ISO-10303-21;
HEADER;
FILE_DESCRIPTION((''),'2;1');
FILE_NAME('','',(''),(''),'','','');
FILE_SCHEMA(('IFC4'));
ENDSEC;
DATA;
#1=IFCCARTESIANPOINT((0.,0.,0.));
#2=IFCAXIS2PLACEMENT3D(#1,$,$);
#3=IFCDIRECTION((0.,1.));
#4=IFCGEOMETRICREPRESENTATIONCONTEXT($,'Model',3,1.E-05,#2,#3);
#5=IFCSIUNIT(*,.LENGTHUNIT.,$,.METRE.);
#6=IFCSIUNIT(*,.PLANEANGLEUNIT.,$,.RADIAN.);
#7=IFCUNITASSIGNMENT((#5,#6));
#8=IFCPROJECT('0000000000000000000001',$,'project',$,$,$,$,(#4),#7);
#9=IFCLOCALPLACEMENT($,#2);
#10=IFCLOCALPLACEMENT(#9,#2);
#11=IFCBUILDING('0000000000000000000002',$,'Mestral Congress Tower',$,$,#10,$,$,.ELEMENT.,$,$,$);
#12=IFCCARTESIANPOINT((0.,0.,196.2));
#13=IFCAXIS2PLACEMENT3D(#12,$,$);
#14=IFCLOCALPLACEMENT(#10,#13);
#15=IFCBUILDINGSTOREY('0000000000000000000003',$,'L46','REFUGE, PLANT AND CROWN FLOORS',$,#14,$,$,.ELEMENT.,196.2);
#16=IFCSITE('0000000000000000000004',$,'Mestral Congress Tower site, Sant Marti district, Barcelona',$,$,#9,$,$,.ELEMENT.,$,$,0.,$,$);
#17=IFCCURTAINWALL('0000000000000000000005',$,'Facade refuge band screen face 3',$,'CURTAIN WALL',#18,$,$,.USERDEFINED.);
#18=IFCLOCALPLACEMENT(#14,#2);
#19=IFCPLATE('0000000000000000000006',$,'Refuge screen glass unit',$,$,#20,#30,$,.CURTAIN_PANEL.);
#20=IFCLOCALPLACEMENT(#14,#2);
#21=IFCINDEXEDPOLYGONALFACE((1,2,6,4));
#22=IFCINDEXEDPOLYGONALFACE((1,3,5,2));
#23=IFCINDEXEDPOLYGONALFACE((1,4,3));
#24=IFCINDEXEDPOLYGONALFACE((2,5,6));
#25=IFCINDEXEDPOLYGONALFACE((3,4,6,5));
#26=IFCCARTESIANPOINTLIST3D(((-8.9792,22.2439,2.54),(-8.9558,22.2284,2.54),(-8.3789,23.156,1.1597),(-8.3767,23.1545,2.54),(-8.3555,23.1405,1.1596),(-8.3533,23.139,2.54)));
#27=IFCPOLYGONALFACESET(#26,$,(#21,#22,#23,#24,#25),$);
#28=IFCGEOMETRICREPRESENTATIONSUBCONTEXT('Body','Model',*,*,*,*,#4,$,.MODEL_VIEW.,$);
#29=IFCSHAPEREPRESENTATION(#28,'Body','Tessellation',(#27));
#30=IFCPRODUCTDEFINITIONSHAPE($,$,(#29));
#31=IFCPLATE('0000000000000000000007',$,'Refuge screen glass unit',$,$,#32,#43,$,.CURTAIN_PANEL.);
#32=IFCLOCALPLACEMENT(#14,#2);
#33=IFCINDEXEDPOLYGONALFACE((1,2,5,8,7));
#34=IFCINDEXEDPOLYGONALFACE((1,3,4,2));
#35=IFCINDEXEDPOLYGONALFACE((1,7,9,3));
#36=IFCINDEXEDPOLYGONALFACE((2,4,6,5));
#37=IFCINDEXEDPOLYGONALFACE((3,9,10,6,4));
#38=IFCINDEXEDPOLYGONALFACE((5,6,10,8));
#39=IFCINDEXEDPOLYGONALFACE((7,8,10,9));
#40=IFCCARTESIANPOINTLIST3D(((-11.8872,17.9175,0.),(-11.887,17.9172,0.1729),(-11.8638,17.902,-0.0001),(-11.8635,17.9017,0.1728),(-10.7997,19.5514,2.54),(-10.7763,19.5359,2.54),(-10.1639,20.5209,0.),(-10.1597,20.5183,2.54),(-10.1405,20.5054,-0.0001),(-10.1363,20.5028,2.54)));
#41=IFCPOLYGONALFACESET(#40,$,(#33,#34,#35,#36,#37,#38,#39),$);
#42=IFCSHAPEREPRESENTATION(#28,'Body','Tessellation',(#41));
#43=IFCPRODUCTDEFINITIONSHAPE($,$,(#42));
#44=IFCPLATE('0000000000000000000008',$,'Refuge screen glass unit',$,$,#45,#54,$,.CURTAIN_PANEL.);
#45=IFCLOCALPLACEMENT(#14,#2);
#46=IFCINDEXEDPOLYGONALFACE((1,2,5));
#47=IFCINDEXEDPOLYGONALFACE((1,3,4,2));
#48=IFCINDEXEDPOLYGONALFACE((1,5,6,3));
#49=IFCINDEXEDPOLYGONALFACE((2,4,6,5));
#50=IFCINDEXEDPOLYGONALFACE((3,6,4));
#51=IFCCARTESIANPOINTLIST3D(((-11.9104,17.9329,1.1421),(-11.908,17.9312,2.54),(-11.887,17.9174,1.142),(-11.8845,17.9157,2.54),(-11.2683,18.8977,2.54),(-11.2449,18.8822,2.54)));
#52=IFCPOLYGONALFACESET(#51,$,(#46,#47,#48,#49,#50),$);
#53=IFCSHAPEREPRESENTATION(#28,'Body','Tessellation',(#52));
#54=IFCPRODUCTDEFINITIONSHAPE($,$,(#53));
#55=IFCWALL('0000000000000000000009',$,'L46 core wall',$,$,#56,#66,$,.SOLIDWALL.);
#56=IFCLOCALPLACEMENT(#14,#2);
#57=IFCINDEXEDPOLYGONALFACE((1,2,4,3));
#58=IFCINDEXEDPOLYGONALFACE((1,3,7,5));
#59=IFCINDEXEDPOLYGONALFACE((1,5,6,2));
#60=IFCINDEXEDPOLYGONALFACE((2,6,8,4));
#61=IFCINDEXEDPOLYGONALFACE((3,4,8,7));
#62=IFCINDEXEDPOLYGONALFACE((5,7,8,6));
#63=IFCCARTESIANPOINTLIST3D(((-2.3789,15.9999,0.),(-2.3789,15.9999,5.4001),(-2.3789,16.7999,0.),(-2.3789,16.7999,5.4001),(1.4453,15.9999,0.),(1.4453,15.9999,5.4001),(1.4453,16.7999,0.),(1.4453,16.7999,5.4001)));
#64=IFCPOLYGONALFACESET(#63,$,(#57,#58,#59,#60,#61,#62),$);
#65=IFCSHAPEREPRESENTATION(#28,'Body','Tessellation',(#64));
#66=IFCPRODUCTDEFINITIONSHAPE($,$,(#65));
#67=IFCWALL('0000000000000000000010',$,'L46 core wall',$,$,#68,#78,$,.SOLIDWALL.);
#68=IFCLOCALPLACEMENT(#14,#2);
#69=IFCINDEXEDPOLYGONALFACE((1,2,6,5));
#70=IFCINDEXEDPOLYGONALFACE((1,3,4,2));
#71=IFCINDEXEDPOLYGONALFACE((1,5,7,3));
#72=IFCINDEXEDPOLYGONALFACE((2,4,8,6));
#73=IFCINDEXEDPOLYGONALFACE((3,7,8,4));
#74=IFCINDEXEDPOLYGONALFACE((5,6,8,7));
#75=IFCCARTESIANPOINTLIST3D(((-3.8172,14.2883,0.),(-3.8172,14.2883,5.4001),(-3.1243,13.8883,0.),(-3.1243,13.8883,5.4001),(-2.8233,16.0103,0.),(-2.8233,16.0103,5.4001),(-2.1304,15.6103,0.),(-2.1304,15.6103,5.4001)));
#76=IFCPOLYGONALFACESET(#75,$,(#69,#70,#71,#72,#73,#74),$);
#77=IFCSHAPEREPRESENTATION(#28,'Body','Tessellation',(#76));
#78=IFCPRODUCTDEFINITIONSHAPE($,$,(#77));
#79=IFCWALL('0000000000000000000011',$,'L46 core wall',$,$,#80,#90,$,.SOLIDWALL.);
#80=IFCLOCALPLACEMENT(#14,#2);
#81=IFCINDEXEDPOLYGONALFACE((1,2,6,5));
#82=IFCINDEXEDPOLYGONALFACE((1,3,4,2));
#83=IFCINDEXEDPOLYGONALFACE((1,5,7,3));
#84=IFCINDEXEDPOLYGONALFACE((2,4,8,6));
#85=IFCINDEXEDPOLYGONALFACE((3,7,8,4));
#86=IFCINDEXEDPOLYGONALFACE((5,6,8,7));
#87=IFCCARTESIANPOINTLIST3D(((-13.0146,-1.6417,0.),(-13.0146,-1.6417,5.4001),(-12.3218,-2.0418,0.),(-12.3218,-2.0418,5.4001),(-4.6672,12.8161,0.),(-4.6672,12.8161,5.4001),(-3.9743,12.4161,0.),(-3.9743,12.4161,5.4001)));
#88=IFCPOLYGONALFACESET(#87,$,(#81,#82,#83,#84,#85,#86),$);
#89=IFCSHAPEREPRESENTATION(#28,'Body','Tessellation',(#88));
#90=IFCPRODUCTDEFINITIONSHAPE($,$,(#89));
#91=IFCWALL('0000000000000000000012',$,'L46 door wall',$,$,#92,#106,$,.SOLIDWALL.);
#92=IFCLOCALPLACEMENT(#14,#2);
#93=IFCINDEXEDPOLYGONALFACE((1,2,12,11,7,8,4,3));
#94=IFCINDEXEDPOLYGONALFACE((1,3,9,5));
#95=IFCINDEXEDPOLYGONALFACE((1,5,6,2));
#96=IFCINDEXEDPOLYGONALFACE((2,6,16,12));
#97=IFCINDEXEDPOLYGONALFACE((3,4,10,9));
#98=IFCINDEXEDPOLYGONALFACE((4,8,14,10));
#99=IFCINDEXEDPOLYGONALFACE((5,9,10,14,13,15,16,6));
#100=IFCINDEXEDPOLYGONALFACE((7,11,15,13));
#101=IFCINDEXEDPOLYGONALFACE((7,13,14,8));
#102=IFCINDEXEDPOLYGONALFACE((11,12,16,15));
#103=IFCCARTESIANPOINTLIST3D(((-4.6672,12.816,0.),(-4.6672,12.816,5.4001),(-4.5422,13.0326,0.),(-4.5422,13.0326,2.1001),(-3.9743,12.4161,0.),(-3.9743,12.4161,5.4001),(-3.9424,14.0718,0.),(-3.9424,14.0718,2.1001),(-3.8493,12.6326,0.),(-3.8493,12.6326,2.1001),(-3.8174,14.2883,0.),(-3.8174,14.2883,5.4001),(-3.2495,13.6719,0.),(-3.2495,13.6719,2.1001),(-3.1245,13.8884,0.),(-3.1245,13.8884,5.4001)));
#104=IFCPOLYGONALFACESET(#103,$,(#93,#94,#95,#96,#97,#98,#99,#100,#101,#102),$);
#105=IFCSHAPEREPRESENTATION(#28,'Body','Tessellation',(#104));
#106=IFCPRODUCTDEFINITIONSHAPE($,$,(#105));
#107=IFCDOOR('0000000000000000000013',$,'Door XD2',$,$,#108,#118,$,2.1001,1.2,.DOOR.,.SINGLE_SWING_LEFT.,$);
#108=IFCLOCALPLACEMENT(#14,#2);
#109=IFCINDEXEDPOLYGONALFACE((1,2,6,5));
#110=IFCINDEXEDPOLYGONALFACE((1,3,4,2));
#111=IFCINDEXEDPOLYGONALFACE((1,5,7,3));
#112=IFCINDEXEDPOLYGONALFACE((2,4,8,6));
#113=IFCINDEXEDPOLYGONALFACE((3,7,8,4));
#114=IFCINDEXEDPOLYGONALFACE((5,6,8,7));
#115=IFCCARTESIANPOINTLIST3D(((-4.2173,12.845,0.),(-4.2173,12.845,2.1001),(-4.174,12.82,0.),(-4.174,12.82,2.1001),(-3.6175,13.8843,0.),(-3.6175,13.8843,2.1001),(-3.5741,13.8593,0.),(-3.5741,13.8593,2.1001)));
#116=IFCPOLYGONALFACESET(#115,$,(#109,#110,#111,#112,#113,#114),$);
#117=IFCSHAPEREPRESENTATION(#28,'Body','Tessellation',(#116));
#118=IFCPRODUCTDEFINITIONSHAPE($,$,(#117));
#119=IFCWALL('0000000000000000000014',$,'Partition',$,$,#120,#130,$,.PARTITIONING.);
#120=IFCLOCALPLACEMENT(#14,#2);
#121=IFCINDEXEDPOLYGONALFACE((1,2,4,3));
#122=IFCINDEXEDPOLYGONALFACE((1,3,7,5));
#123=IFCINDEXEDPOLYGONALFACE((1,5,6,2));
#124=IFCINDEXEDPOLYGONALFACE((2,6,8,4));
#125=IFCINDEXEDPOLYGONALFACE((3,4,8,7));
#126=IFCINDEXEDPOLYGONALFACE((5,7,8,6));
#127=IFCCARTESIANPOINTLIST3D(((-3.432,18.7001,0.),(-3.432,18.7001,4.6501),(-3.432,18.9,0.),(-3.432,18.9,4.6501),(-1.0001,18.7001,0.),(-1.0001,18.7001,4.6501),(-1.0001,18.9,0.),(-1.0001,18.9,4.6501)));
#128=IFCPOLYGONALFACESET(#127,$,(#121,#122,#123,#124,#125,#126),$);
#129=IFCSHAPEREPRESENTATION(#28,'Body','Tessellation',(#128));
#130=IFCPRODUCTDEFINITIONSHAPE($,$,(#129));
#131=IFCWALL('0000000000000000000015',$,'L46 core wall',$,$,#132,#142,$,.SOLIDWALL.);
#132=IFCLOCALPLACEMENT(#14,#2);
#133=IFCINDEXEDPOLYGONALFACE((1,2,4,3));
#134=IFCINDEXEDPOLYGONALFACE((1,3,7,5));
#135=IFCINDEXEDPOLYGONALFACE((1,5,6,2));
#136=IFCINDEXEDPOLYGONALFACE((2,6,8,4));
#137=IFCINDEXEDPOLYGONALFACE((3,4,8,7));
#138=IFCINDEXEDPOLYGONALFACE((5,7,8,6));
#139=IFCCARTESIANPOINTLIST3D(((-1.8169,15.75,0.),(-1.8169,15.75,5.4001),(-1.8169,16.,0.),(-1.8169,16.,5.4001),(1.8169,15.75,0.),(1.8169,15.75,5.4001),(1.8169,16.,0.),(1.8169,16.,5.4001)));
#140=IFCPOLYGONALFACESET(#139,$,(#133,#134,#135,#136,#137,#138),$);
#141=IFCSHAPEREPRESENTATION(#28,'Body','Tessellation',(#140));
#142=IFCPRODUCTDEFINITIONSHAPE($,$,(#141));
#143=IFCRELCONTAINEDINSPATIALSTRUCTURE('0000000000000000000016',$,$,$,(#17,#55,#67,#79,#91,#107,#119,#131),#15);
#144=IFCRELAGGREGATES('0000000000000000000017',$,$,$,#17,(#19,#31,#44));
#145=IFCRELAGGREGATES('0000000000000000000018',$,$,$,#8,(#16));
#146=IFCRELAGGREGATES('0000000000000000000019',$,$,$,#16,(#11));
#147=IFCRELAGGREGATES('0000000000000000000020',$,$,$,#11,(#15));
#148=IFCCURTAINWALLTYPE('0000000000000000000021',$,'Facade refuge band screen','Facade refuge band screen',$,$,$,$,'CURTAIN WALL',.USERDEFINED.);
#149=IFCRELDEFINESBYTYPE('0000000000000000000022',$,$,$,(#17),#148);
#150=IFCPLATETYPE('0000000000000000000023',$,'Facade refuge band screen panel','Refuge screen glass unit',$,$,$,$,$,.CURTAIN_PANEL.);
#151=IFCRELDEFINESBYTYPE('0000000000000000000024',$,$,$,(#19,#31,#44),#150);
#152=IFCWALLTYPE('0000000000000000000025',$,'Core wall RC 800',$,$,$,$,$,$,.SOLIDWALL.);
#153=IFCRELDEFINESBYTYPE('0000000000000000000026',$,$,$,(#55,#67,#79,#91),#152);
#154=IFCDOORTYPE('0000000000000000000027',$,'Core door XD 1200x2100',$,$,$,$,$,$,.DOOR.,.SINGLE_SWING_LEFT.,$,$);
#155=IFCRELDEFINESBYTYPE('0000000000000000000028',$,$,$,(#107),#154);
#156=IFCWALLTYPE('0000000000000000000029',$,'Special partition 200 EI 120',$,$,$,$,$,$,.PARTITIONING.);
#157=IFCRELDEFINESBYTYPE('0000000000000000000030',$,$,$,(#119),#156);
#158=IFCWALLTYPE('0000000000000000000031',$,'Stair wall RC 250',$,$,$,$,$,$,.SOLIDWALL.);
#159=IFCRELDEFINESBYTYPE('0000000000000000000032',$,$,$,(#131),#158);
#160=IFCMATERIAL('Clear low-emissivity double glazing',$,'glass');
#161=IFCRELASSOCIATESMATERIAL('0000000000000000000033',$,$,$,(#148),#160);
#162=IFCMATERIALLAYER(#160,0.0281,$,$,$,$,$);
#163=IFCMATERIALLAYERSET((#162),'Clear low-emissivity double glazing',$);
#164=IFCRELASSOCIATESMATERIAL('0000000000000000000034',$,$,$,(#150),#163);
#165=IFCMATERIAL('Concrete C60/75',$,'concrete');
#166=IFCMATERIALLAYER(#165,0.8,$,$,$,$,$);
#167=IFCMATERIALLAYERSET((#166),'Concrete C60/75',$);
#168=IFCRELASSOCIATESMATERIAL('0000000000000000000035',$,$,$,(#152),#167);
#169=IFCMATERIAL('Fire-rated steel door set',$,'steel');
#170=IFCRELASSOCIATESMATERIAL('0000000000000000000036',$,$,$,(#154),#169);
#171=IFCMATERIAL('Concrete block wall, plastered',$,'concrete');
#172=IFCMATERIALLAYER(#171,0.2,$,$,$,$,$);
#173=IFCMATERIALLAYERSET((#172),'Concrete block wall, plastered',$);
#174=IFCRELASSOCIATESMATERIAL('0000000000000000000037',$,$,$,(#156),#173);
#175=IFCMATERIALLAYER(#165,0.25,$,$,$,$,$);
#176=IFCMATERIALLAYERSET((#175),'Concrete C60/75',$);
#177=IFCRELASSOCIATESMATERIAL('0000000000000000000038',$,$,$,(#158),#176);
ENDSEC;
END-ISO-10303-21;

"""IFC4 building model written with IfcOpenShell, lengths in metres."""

from ifc_helpers import new_model, si_unit, direction, frame, frame_2d, origin, place, context, subcontext, project, spatial, polyline, rectangle, outline, extrude, material, layer, layer_set, type_object, element, fill, aggregate, save


model = new_model("IFC4")

# Units and contexts
model_context = context("Model", 3, precision=1e-05, world=origin(), true_north=direction((0.0, 1.0)))
body_context = subcontext(model_context, "Body", "Model", "MODEL_VIEW")
ifc_project = project(units=[si_unit("LENGTHUNIT", "METRE"), si_unit("PLANEANGLEUNIT", "RADIAN")], contexts=[model_context])

# Site, building, storey
site_placement = place(None, origin())
site = spatial("IfcSite", under=ifc_project, at=site_placement, Name="Mestral Congress Tower site, Sant Marti district, Barcelona", CompositionType="ELEMENT", RefElevation=0.0)
building_placement = place(site_placement, origin())
building = spatial("IfcBuilding", under=site, at=building_placement, Name="Mestral Congress Tower", CompositionType="ELEMENT")
storey_placement = place(building_placement, frame((0.0, 0.0, 196.2)))
storey = spatial("IfcBuildingStorey", under=building, at=storey_placement, Name="L46", Description="REFUGE, PLANT AND CROWN FLOORS", CompositionType="ELEMENT", Elevation=196.2)

# Curtain wall
ifc_material_1 = material(Name="Clear low-emissivity double glazing", Category="glass")
curtain_wall_type = type_object("IfcCurtainWallType", Name="Facade refuge band screen", Description="Facade refuge band screen", ElementType="CURTAIN WALL", PredefinedType="USERDEFINED", material=ifc_material_1)
curtain_wall_placement = place(storey_placement, origin())
curtain_wall = element("IfcCurtainWall", 1, at=curtain_wall_placement, inside=storey, type_object=curtain_wall_type, Name="Facade refuge band screen face 3", ObjectType="CURTAIN WALL", PredefinedType="USERDEFINED")

# Plates
ifc_layer_1 = layer(ifc_material_1, 0.0281)
ifc_layer_set_1 = layer_set([ifc_layer_1], Name="Clear low-emissivity double glazing")
plate_type_1 = type_object("IfcPlateType", Name="Facade refuge band screen panel", Description="Refuge screen glass unit", PredefinedType="CURTAIN_PANEL", material=ifc_layer_set_1)
plate_1_placement = place(storey_placement, frame((-8.3767, 23.1545, 2.54), z_axis=(-0.83397, 0.551806, 0.001913), x_axis=(-0.551807, -0.833972, 0.0)))
plate_1 = element("IfcPlate", 2, at=plate_1_placement, type_object=plate_type_1, Name="Refuge screen glass unit", PredefinedType="CURTAIN_PANEL", context=body_context, shape_type="SweptSolid", body=[
    extrude(outline(polyline([(0.0, 0.0), (1.0919, 0.0), (0.0, -1.3804), (0.0, 0.0)])), origin(), (0.0, 0.0, -1.0), 0.0281),
])
plate_2_placement = place(storey_placement, frame((-10.1597, 20.5183, 2.54), z_axis=(-0.83387, 0.551957, 0.001964), x_axis=(-0.551958, -0.833872, 0.0)))
plate_2 = element("IfcPlate", 3, at=plate_2_placement, type_object=plate_type_1, Name="Refuge screen glass unit", PredefinedType="CURTAIN_PANEL", context=body_context, shape_type="SweptSolid", body=[
    extrude(outline(polyline([(0.0, 0.0), (1.1595, 0.0), (3.1224, -2.3672), (3.1223, -2.54), (0.0002, -2.54), (0.0, 0.0)])), origin(), (0.0, 0.0, -1.0), 0.0281),
])
plate_3_placement = place(storey_placement, frame((-11.908, 17.9312, 2.54), z_axis=(-0.833923, 0.551876, 0.002131), x_axis=(-0.001746, 0.001222, -0.999998)))
plate_3 = element("IfcPlate", 4, at=plate_3_placement, type_object=plate_type_1, Name="Refuge screen glass unit", PredefinedType="CURTAIN_PANEL", context=body_context, shape_type="SweptSolid", body=[
    extrude(outline(polyline([(0.0, 0.0), (1.398, 0.0), (0.0001, -1.159), (0.0, 0.0)])), origin(), (0.0, 0.0, -1.0), 0.0281),
])
aggregate(curtain_wall, [plate_1, plate_2, plate_3])

# Walls
ifc_material_2 = material(Name="Concrete C60/75", Category="concrete")
ifc_layer_2 = layer(ifc_material_2, 0.8)
ifc_layer_set_2 = layer_set([ifc_layer_2], Name="Concrete C60/75")
wall_type_1 = type_object("IfcWallType", Name="Core wall RC 800", PredefinedType="SOLIDWALL", material=ifc_layer_set_2)
wall_1_placement = place(storey_placement, frame((-2.3789, 16.3999, 0.0), z_axis=(0.0, 0.0, 1.0), x_axis=(1.0, 0.0, 0.0)))
element("IfcWall", 5, at=wall_1_placement, inside=storey, type_object=wall_type_1, Name="L46 core wall", PredefinedType="SOLIDWALL", context=body_context, shape_type="SweptSolid", body=[
    extrude(rectangle(XDim=3.8242, YDim=0.8, at=frame_2d((1.9121, 0.0))), origin(), (0.0, 0.0, 1.0), 5.4001),
])
wall_2_placement = place(storey_placement, frame((-2.4768, 15.8103, 0.0), z_axis=(0.0, 0.0, 1.0), x_axis=(-0.499903, -0.866081, 0.0)))
element("IfcWall", 6, at=wall_2_placement, inside=storey, type_object=wall_type_1, Name="L46 core wall", PredefinedType="SOLIDWALL", context=body_context, shape_type="SweptSolid", body=[
    extrude(rectangle(XDim=1.9883, YDim=0.8, at=frame_2d((0.9941, 0.0))), origin(), (0.0, 0.0, 1.0), 5.4001),
])
wall_3_placement = place(storey_placement, frame((-4.3208, 12.616, 0.0), z_axis=(0.0, 0.0, 1.0), x_axis=(-0.50001, -0.86602, 0.0)))
element("IfcWall", 7, at=wall_3_placement, inside=storey, type_object=wall_type_1, Name="L46 core wall", PredefinedType="SOLIDWALL", context=body_context, shape_type="SweptSolid", body=[
    extrude(rectangle(XDim=16.6946, YDim=0.8, at=frame_2d((8.3472, 0.0))), origin(), (0.0, 0.0, 1.0), 5.4001),
])

# Wall, opening, door
wall_4_placement = place(storey_placement, frame((-4.3208, 12.616, 0.0), z_axis=(0.0, 0.0, 1.0), x_axis=(0.499892, 0.866088, 0.0)))
wall_4 = element("IfcWall", 8, at=wall_4_placement, inside=storey, type_object=wall_type_1, Name="L46 door wall", PredefinedType="SOLIDWALL", context=body_context, shape_type="SweptSolid", body=[
    extrude(rectangle(XDim=1.7, YDim=0.8, at=frame_2d((0.8501, 0.0))), origin(), (0.0, 0.0, 1.0), 5.4001),
])
opening_placement = place(wall_4_placement, frame((0.25, 0.0, 0.0)))
opening = element("IfcOpeningElement", 9, at=opening_placement, cuts=wall_4, PredefinedType="OPENING", context=body_context, shape_type="SweptSolid", body=[
    extrude(rectangle(XDim=1.2, YDim=2.1001, at=frame_2d((0.6001, 1.05))), frame((0.0, 0.4099, 0.0), z_axis=(0.0, -1.0, 0.0), x_axis=(1.0, 0.0, 0.0)), (0.0, 0.0, 1.0), 0.8201),
])
ifc_material_3 = material(Name="Fire-rated steel door set", Category="steel")
door_type = type_object("IfcDoorType", Name="Core door XD 1200x2100", OperationType="SINGLE_SWING_LEFT", PredefinedType="DOOR", material=ifc_material_3)
door_placement = place(opening_placement, origin())
door = element("IfcDoor", 10, at=door_placement, inside=storey, type_object=door_type, Name="Door XD2", OperationType="SINGLE_SWING_LEFT", OverallHeight=2.1001, OverallWidth=1.2, PredefinedType="DOOR", context=body_context, shape_type="SweptSolid", body=[
    extrude(rectangle(XDim=1.2, YDim=2.1001, at=frame_2d((0.6001, 1.05))), frame((0.0, 0.0249, 0.0), z_axis=(0.0, -1.0, 0.0), x_axis=(1.0, 0.0, 0.0)), (0.0, 0.0, 1.0), 0.05),
])
fill(opening, door)

# Walls
ifc_material_4 = material(Name="Concrete block wall, plastered", Category="concrete")
ifc_layer_3 = layer(ifc_material_4, 0.2)
ifc_layer_set_3 = layer_set([ifc_layer_3], Name="Concrete block wall, plastered")
wall_type_2 = type_object("IfcWallType", Name="Special partition 200 EI 120", PredefinedType="PARTITIONING", material=ifc_layer_set_3)
wall_5_placement = place(storey_placement, frame((-3.4319, 18.8, 0.0), z_axis=(0.0, 0.0, 1.0), x_axis=(1.0, 0.0, 0.0)))
element("IfcWall", 11, at=wall_5_placement, inside=storey, type_object=wall_type_2, Name="Partition", PredefinedType="PARTITIONING", context=body_context, shape_type="SweptSolid", body=[
    extrude(rectangle(XDim=2.4319, YDim=0.2, at=frame_2d((1.2158, 0.0))), origin(), (0.0, 0.0, 1.0), 4.6501),
])
ifc_layer_4 = layer(ifc_material_2, 0.25)
ifc_layer_set_4 = layer_set([ifc_layer_4], Name="Concrete C60/75")
wall_type_3 = type_object("IfcWallType", Name="Stair wall RC 250", PredefinedType="SOLIDWALL", material=ifc_layer_set_4)
wall_6_placement = place(storey_placement, frame((-1.8169, 15.875, 0.0), z_axis=(0.0, 0.0, 1.0), x_axis=(1.0, 0.0, 0.0)))
element("IfcWall", 12, at=wall_6_placement, inside=storey, type_object=wall_type_3, Name="L46 core wall", PredefinedType="SOLIDWALL", context=body_context, shape_type="SweptSolid", body=[
    extrude(rectangle(XDim=3.6338, YDim=0.25, at=frame_2d((1.8169, 0.0))), origin(), (0.0, 0.0, 1.0), 5.4001),
])

save(model, "model.ifc")
